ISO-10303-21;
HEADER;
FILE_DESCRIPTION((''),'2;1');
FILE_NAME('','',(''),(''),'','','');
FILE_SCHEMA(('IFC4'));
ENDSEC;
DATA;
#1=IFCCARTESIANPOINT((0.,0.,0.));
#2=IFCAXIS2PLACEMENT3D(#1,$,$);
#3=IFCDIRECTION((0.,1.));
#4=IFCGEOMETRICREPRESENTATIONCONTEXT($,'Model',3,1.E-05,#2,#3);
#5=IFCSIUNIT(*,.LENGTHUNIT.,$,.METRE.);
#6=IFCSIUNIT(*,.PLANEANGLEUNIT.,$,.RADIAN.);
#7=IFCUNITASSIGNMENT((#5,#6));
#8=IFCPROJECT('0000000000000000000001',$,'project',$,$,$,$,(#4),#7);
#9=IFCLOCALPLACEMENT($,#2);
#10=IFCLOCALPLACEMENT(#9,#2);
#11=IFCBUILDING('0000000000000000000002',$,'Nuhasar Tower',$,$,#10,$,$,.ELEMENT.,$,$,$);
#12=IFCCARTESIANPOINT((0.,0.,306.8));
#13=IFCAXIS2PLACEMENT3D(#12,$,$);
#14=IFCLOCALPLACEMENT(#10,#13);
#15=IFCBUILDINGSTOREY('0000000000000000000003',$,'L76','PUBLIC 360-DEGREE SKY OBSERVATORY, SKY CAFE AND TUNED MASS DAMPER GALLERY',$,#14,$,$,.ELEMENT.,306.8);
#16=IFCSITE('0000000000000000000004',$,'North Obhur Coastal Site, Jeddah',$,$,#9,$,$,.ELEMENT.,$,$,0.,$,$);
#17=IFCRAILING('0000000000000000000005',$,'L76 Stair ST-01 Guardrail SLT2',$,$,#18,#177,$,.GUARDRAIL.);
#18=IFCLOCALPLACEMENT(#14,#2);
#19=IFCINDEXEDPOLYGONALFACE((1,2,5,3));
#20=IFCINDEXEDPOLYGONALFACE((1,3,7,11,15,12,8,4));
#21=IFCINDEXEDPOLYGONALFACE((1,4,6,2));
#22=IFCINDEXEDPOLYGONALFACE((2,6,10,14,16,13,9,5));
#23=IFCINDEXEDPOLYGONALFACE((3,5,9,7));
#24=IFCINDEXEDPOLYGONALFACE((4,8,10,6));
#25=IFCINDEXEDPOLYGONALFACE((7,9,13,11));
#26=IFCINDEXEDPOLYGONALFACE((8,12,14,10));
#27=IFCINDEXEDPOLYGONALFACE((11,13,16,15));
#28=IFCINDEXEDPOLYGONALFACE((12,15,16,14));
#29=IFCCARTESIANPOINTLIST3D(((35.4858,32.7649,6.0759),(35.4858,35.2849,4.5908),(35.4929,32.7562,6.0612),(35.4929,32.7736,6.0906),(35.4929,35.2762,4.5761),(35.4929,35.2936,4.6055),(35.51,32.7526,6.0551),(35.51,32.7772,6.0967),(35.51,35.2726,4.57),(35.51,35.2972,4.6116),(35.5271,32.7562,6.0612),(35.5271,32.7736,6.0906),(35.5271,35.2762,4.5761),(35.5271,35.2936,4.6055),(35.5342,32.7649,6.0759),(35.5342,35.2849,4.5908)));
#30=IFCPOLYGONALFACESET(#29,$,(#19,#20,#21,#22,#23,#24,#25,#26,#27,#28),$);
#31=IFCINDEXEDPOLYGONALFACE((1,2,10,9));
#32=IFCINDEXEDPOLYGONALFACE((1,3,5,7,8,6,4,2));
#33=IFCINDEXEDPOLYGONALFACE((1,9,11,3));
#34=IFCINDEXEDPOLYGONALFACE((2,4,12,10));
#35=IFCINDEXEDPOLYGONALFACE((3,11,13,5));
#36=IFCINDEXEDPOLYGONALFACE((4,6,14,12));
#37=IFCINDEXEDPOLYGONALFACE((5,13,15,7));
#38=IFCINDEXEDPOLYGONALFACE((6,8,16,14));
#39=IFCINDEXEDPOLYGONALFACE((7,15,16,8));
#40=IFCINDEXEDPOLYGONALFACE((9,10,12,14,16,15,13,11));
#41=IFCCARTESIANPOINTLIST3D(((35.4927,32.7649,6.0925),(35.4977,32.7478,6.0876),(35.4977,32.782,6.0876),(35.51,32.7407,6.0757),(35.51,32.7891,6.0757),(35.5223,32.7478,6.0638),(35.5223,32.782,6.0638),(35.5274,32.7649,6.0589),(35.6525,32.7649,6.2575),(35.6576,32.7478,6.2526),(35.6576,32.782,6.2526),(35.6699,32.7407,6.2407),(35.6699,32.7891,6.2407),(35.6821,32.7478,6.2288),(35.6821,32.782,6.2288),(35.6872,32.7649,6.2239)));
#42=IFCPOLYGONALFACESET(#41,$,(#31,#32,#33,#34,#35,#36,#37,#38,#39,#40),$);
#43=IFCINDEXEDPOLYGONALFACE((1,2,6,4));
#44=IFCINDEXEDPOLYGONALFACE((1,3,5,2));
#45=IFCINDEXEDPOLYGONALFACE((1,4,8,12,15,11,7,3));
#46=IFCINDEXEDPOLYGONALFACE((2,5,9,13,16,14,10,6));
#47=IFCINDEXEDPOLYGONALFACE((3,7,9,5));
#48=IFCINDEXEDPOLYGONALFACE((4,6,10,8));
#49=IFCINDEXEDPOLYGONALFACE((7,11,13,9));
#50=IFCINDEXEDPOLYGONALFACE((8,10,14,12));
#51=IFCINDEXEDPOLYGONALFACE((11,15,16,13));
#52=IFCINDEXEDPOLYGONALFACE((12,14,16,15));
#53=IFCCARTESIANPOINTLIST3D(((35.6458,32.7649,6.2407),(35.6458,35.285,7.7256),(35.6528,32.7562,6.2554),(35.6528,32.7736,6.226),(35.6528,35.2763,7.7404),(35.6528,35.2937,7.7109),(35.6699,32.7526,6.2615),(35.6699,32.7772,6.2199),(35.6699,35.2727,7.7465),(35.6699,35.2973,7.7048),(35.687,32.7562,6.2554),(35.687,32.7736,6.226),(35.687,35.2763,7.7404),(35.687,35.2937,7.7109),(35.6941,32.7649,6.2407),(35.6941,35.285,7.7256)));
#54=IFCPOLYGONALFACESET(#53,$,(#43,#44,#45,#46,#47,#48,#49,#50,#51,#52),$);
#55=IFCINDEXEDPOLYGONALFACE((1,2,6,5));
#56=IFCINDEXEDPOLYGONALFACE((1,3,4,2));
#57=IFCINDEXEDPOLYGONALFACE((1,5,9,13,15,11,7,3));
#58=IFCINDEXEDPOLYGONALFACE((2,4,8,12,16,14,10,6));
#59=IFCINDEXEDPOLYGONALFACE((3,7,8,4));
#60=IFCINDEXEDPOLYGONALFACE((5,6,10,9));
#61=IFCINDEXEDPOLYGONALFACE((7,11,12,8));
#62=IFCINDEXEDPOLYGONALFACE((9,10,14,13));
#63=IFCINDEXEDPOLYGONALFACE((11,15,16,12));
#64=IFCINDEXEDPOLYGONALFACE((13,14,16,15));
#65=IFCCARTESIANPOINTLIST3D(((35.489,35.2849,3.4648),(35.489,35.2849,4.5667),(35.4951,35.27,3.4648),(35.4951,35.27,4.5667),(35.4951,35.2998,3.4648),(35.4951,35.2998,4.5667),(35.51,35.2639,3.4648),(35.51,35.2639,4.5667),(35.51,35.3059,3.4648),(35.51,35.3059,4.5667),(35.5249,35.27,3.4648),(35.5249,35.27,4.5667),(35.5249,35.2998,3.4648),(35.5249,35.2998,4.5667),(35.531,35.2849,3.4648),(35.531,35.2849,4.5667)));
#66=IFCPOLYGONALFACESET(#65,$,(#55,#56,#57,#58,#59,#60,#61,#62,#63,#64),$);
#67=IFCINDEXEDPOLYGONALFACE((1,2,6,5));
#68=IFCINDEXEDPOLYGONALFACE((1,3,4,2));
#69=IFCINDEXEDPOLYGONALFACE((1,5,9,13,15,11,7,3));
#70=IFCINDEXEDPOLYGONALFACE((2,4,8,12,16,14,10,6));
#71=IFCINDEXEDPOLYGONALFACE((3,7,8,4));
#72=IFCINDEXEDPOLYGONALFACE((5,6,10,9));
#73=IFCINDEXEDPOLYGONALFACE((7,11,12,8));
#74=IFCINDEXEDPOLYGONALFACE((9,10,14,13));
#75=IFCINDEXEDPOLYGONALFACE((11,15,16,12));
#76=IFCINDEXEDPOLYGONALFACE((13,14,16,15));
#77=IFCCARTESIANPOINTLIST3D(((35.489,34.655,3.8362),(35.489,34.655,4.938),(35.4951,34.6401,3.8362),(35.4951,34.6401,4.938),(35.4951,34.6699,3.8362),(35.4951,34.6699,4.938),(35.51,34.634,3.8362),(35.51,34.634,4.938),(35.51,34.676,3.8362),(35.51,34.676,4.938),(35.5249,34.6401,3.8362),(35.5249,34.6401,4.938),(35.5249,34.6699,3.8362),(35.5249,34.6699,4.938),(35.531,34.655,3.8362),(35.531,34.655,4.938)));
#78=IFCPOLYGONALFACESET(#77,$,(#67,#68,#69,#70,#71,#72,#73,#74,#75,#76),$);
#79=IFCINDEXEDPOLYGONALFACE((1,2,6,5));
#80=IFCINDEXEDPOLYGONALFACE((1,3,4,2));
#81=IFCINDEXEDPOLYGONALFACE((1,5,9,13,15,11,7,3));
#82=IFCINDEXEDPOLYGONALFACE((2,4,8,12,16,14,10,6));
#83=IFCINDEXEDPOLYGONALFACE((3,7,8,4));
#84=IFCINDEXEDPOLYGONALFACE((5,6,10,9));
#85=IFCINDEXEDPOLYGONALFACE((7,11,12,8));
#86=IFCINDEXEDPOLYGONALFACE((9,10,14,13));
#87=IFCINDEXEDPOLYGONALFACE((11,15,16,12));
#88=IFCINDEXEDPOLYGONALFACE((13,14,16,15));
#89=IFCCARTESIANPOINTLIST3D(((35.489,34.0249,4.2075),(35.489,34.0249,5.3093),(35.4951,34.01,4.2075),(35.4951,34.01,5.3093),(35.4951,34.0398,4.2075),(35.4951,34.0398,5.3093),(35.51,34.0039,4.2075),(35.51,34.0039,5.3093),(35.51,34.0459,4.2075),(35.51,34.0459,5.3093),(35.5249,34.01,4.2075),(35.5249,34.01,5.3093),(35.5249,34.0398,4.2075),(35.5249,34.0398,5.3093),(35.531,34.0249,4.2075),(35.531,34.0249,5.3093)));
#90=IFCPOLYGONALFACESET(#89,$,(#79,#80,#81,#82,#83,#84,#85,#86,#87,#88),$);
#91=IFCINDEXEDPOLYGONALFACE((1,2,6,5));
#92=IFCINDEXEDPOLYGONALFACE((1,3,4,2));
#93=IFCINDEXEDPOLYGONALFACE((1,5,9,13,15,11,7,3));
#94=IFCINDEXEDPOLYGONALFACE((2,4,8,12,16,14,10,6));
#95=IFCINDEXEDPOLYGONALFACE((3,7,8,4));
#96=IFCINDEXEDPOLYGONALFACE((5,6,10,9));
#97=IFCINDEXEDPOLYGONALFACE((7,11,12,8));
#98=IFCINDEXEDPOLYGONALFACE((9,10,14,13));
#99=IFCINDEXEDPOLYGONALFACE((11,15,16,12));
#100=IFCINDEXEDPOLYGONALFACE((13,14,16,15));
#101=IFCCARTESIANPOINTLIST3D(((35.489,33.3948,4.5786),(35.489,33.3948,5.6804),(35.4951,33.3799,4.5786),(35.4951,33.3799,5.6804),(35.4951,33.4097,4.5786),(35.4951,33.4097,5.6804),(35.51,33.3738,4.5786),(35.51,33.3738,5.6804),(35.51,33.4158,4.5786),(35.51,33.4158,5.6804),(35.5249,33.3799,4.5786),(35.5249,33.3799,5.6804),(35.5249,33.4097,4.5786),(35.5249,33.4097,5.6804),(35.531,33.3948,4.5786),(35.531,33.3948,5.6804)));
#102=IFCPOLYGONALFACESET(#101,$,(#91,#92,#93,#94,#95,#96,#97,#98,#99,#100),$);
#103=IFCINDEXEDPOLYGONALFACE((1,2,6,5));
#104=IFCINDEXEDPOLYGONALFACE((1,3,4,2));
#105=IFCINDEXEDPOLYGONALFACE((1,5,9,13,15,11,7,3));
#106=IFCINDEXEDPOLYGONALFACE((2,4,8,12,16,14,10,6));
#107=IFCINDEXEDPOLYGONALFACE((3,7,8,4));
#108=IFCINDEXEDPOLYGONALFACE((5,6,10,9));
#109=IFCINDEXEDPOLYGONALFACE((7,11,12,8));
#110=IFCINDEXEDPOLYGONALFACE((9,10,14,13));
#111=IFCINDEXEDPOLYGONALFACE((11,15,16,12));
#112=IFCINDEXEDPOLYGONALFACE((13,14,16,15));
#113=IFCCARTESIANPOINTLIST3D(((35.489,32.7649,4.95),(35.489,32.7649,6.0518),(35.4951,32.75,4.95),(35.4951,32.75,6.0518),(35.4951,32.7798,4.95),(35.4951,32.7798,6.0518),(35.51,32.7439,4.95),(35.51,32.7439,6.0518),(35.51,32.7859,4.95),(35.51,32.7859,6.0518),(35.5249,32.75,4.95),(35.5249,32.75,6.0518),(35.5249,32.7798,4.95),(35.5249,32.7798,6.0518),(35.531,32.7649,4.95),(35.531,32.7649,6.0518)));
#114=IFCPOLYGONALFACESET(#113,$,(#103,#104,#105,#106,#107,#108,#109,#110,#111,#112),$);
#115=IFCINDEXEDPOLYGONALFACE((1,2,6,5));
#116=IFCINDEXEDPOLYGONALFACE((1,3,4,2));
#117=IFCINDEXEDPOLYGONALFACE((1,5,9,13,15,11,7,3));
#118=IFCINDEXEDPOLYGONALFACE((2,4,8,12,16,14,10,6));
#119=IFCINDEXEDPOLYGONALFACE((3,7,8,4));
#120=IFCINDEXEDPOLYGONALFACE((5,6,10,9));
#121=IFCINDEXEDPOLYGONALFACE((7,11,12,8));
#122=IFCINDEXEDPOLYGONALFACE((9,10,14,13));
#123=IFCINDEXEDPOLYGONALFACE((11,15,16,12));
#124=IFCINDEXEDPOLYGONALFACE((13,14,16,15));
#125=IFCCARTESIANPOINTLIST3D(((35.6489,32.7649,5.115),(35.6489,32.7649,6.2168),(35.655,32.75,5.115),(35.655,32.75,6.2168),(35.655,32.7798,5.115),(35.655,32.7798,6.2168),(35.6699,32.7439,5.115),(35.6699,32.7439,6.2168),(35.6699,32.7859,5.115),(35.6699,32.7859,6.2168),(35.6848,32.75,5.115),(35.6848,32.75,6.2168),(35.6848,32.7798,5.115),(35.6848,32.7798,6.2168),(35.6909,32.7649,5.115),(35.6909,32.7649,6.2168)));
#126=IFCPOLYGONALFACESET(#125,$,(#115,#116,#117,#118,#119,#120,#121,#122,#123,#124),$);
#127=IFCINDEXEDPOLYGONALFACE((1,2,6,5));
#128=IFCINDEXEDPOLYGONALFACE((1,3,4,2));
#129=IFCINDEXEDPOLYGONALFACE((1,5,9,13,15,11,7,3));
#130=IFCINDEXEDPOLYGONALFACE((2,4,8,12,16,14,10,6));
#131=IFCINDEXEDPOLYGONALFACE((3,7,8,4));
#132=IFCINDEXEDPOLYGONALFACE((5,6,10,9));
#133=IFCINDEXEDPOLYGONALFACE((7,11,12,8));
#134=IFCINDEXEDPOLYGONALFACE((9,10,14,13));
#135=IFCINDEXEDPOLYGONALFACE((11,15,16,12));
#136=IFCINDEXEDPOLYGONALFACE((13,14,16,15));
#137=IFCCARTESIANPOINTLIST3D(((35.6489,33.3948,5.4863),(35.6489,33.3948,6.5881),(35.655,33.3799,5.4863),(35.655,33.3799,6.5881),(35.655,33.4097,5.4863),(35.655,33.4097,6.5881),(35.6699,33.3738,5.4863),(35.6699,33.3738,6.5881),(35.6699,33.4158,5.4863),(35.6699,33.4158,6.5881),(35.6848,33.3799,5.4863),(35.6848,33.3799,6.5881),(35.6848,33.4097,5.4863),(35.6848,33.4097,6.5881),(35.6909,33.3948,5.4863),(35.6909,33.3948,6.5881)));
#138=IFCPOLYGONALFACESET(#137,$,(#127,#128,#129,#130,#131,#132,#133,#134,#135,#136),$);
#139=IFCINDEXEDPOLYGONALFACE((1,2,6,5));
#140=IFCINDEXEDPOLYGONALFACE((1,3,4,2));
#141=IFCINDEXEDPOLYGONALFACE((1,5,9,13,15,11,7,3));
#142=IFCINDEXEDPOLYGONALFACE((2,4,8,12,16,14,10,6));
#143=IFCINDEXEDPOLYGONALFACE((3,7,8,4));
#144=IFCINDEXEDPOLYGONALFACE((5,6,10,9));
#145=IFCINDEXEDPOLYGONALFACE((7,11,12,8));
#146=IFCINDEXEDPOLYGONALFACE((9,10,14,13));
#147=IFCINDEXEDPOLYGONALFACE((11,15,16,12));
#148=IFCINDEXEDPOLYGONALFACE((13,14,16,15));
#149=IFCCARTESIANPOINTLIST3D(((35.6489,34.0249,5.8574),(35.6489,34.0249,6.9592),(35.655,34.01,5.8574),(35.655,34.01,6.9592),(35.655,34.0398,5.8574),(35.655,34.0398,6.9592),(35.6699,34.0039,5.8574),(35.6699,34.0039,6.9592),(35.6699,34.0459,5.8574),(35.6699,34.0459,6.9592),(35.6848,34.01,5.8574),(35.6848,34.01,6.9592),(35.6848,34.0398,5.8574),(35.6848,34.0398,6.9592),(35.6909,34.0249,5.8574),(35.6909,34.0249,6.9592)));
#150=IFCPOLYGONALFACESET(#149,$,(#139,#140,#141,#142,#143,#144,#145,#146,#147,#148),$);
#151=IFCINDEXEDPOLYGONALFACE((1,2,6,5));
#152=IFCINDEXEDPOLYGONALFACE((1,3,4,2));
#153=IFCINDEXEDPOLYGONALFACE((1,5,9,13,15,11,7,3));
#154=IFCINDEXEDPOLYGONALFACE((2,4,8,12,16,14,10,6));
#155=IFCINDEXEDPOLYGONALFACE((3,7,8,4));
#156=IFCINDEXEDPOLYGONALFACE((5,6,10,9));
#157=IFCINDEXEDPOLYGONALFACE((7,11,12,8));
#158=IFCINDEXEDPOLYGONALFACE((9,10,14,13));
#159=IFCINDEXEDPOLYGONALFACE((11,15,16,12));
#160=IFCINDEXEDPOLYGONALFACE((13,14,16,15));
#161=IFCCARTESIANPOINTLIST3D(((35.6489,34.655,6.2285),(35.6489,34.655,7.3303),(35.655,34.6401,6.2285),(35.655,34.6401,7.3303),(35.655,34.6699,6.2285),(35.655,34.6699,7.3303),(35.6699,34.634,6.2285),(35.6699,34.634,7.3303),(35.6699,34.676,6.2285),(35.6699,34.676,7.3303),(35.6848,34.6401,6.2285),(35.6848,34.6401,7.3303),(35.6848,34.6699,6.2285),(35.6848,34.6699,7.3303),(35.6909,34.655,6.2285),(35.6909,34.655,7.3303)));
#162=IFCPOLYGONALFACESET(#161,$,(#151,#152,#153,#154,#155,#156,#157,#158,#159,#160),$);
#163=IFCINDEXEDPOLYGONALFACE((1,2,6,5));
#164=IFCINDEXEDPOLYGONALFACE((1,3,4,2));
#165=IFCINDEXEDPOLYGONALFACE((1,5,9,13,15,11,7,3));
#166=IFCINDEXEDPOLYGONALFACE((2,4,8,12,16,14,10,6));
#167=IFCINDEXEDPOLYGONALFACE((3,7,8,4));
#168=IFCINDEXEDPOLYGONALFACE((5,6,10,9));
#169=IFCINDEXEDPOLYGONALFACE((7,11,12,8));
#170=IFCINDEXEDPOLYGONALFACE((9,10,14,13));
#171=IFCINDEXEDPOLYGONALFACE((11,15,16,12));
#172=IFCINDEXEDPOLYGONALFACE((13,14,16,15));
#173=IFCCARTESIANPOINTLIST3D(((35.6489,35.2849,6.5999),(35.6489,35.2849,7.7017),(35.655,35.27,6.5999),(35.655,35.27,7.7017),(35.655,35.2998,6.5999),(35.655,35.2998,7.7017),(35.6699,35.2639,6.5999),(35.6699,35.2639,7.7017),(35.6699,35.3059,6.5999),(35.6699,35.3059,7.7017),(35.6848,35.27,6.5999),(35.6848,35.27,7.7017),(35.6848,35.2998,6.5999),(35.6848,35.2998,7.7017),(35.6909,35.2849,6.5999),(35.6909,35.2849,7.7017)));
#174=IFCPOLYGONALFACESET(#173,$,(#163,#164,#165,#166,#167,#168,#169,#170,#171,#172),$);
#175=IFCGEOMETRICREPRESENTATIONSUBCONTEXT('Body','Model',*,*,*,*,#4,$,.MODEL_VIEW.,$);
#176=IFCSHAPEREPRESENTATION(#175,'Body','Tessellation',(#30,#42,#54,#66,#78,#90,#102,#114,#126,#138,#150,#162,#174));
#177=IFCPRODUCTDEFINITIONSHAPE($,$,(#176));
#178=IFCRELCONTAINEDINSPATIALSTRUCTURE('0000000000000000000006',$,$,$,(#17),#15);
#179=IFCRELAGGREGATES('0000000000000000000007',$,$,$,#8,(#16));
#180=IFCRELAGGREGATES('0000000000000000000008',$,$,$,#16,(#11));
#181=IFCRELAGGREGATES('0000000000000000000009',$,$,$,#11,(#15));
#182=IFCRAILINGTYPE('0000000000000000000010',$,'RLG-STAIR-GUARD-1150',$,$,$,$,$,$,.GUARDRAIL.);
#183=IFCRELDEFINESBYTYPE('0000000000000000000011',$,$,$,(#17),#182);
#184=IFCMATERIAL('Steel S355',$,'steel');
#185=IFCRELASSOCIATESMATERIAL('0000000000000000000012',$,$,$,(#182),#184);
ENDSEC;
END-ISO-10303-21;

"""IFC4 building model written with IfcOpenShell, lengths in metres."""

from ifc_helpers import new_model, si_unit, direction, frame, origin, place, context, subcontext, project, spatial, polyline, outline, extrude, material, type_object, element, save


model = new_model("IFC4")

# Units and contexts
model_context = context("Model", 3, precision=1e-05, world=origin(), true_north=direction((0.0, 1.0)))
body_context = subcontext(model_context, "Body", "Model", "MODEL_VIEW")
ifc_project = project(units=[si_unit("LENGTHUNIT", "METRE"), si_unit("PLANEANGLEUNIT", "RADIAN")], contexts=[model_context])

# Site, building, storey
site_placement = place(None, origin())
site = spatial("IfcSite", under=ifc_project, at=site_placement, Name="North Obhur Coastal Site, Jeddah", CompositionType="ELEMENT", RefElevation=0.0)
building_placement = place(site_placement, origin())
building = spatial("IfcBuilding", under=site, at=building_placement, Name="Nuhasar Tower", CompositionType="ELEMENT")
storey_placement = place(building_placement, frame((0.0, 0.0, 306.8)))
storey = spatial("IfcBuildingStorey", under=building, at=storey_placement, Name="L76", Description="PUBLIC 360-DEGREE SKY OBSERVATORY, SKY CAFE AND TUNED MASS DAMPER GALLERY", CompositionType="ELEMENT", Elevation=306.8)

# Shared definitions
ifc_material_1 = material(Name="Steel S355", Category="steel")

# Railing
railing_type_1 = type_object("IfcRailingType", Name="RLG-STAIR-GUARD-1150", PredefinedType="GUARDRAIL", material=ifc_material_1)
railing_1_placement = place(storey_placement, frame((35.51, 35.2849, 3.4648)))
element("IfcRailing", 1, at=railing_1_placement, inside=storey, type_object=railing_type_1, Name="L76 Stair ST-01 Guardrail SLT2", PredefinedType="GUARDRAIL", context=body_context, shape_type="SweptSolid", body=[
    extrude(outline(polyline([(0.0242, 0.0), (0.0171, 0.0171), (0.0, 0.0242), (-0.0171, 0.0171), (-0.0242, 0.0), (-0.0171, -0.0171), (0.0, -0.0242), (0.0171, -0.0171), (0.0242, 0.0)])), frame((0.0, 0.0, 1.126), z_axis=(0.0, -0.861524, 0.507717), x_axis=(1.0, 0.0, 0.0)), (0.0, 0.0, 1.0), 2.925),
    extrude(outline(polyline([(0.0242, 0.0), (0.0171, 0.0171), (0.0, 0.0242), (-0.0171, 0.0171), (-0.0242, 0.0), (-0.0171, -0.0171), (0.0, -0.0242), (0.0171, -0.0171), (0.0242, 0.0)])), frame((0.0, -2.52, 2.6108), z_axis=(0.695864, 0.0, 0.718174), x_axis=(0.0, 1.0, 0.0)), (0.0, 0.0, 1.0), 0.2297),
    extrude(outline(polyline([(0.0242, 0.0), (0.0171, 0.0171), (0.0, 0.0242), (-0.0171, 0.0171), (-0.0242, 0.0), (-0.0171, -0.0171), (0.0, -0.0242), (0.0171, -0.0171), (0.0242, 0.0)])), frame((0.1599, -2.52, 2.7759), z_axis=(0.0, 0.861561, 0.507655), x_axis=(-1.0, 0.0, 0.0)), (0.0, 0.0, 1.0), 2.925),
    extrude(outline(polyline([(0.021, 0.0), (0.0149, 0.0149), (0.0, 0.021), (-0.0149, 0.0149), (-0.021, 0.0), (-0.0149, -0.0149), (0.0, -0.021), (0.0149, -0.0149), (0.021, 0.0)])), origin(), (0.0, 0.0, 1.0), 1.1018),
    extrude(outline(polyline([(0.021, 0.0), (0.0149, 0.0149), (0.0, 0.021), (-0.0149, 0.0149), (-0.021, 0.0), (-0.0149, -0.0149), (0.0, -0.021), (0.0149, -0.0149), (0.021, 0.0)])), frame((0.0, -0.6299, 0.3713)), (0.0, 0.0, 1.0), 1.1018),
    extrude(outline(polyline([(0.021, 0.0), (0.0149, 0.0149), (0.0, 0.021), (-0.0149, 0.0149), (-0.021, 0.0), (-0.0149, -0.0149), (0.0, -0.021), (0.0149, -0.0149), (0.021, 0.0)])), frame((0.0, -1.26, 0.7427)), (0.0, 0.0, 1.0), 1.1018),
    extrude(outline(polyline([(0.021, 0.0), (0.0149, 0.0149), (0.0, 0.021), (-0.0149, 0.0149), (-0.021, 0.0), (-0.0149, -0.0149), (0.0, -0.021), (0.0149, -0.0149), (0.021, 0.0)])), frame((0.0, -1.8901, 1.1138)), (0.0, 0.0, 1.0), 1.1018),
    extrude(outline(polyline([(0.021, 0.0), (0.0149, 0.0149), (0.0, 0.021), (-0.0149, 0.0149), (-0.021, 0.0), (-0.0149, -0.0149), (0.0, -0.021), (0.0149, -0.0149), (0.021, 0.0)])), frame((0.0, -2.52, 1.4851)), (0.0, 0.0, 1.0), 1.1018),
    extrude(outline(polyline([(0.021, 0.0), (0.0149, 0.0149), (0.0, 0.021), (-0.0149, 0.0149), (-0.021, 0.0), (-0.0149, -0.0149), (0.0, -0.021), (0.0149, -0.0149), (0.021, 0.0)])), frame((0.1599, -2.52, 1.6501)), (0.0, 0.0, 1.0), 1.1018),
    extrude(outline(polyline([(0.021, 0.0), (0.0149, 0.0149), (0.0, 0.021), (-0.0149, 0.0149), (-0.021, 0.0), (-0.0149, -0.0149), (0.0, -0.021), (0.0149, -0.0149), (0.021, 0.0)])), frame((0.1599, -1.8901, 2.0215)), (0.0, 0.0, 1.0), 1.1018),
    extrude(outline(polyline([(0.021, 0.0), (0.0149, 0.0149), (0.0, 0.021), (-0.0149, 0.0149), (-0.021, 0.0), (-0.0149, -0.0149), (0.0, -0.021), (0.0149, -0.0149), (0.021, 0.0)])), frame((0.1599, -1.26, 2.3926)), (0.0, 0.0, 1.0), 1.1018),
    extrude(outline(polyline([(0.021, 0.0), (0.0149, 0.0149), (0.0, 0.021), (-0.0149, 0.0149), (-0.021, 0.0), (-0.0149, -0.0149), (0.0, -0.021), (0.0149, -0.0149), (0.021, 0.0)])), frame((0.1599, -0.6299, 2.7637)), (0.0, 0.0, 1.0), 1.1018),
    extrude(outline(polyline([(0.021, 0.0), (0.0149, 0.0149), (0.0, 0.021), (-0.0149, 0.0149), (-0.021, 0.0), (-0.0149, -0.0149), (0.0, -0.021), (0.0149, -0.0149), (0.021, 0.0)])), frame((0.1599, 0.0, 3.135)), (0.0, 0.0, 1.0), 1.1018),
])

save(model, "model.ifc")
